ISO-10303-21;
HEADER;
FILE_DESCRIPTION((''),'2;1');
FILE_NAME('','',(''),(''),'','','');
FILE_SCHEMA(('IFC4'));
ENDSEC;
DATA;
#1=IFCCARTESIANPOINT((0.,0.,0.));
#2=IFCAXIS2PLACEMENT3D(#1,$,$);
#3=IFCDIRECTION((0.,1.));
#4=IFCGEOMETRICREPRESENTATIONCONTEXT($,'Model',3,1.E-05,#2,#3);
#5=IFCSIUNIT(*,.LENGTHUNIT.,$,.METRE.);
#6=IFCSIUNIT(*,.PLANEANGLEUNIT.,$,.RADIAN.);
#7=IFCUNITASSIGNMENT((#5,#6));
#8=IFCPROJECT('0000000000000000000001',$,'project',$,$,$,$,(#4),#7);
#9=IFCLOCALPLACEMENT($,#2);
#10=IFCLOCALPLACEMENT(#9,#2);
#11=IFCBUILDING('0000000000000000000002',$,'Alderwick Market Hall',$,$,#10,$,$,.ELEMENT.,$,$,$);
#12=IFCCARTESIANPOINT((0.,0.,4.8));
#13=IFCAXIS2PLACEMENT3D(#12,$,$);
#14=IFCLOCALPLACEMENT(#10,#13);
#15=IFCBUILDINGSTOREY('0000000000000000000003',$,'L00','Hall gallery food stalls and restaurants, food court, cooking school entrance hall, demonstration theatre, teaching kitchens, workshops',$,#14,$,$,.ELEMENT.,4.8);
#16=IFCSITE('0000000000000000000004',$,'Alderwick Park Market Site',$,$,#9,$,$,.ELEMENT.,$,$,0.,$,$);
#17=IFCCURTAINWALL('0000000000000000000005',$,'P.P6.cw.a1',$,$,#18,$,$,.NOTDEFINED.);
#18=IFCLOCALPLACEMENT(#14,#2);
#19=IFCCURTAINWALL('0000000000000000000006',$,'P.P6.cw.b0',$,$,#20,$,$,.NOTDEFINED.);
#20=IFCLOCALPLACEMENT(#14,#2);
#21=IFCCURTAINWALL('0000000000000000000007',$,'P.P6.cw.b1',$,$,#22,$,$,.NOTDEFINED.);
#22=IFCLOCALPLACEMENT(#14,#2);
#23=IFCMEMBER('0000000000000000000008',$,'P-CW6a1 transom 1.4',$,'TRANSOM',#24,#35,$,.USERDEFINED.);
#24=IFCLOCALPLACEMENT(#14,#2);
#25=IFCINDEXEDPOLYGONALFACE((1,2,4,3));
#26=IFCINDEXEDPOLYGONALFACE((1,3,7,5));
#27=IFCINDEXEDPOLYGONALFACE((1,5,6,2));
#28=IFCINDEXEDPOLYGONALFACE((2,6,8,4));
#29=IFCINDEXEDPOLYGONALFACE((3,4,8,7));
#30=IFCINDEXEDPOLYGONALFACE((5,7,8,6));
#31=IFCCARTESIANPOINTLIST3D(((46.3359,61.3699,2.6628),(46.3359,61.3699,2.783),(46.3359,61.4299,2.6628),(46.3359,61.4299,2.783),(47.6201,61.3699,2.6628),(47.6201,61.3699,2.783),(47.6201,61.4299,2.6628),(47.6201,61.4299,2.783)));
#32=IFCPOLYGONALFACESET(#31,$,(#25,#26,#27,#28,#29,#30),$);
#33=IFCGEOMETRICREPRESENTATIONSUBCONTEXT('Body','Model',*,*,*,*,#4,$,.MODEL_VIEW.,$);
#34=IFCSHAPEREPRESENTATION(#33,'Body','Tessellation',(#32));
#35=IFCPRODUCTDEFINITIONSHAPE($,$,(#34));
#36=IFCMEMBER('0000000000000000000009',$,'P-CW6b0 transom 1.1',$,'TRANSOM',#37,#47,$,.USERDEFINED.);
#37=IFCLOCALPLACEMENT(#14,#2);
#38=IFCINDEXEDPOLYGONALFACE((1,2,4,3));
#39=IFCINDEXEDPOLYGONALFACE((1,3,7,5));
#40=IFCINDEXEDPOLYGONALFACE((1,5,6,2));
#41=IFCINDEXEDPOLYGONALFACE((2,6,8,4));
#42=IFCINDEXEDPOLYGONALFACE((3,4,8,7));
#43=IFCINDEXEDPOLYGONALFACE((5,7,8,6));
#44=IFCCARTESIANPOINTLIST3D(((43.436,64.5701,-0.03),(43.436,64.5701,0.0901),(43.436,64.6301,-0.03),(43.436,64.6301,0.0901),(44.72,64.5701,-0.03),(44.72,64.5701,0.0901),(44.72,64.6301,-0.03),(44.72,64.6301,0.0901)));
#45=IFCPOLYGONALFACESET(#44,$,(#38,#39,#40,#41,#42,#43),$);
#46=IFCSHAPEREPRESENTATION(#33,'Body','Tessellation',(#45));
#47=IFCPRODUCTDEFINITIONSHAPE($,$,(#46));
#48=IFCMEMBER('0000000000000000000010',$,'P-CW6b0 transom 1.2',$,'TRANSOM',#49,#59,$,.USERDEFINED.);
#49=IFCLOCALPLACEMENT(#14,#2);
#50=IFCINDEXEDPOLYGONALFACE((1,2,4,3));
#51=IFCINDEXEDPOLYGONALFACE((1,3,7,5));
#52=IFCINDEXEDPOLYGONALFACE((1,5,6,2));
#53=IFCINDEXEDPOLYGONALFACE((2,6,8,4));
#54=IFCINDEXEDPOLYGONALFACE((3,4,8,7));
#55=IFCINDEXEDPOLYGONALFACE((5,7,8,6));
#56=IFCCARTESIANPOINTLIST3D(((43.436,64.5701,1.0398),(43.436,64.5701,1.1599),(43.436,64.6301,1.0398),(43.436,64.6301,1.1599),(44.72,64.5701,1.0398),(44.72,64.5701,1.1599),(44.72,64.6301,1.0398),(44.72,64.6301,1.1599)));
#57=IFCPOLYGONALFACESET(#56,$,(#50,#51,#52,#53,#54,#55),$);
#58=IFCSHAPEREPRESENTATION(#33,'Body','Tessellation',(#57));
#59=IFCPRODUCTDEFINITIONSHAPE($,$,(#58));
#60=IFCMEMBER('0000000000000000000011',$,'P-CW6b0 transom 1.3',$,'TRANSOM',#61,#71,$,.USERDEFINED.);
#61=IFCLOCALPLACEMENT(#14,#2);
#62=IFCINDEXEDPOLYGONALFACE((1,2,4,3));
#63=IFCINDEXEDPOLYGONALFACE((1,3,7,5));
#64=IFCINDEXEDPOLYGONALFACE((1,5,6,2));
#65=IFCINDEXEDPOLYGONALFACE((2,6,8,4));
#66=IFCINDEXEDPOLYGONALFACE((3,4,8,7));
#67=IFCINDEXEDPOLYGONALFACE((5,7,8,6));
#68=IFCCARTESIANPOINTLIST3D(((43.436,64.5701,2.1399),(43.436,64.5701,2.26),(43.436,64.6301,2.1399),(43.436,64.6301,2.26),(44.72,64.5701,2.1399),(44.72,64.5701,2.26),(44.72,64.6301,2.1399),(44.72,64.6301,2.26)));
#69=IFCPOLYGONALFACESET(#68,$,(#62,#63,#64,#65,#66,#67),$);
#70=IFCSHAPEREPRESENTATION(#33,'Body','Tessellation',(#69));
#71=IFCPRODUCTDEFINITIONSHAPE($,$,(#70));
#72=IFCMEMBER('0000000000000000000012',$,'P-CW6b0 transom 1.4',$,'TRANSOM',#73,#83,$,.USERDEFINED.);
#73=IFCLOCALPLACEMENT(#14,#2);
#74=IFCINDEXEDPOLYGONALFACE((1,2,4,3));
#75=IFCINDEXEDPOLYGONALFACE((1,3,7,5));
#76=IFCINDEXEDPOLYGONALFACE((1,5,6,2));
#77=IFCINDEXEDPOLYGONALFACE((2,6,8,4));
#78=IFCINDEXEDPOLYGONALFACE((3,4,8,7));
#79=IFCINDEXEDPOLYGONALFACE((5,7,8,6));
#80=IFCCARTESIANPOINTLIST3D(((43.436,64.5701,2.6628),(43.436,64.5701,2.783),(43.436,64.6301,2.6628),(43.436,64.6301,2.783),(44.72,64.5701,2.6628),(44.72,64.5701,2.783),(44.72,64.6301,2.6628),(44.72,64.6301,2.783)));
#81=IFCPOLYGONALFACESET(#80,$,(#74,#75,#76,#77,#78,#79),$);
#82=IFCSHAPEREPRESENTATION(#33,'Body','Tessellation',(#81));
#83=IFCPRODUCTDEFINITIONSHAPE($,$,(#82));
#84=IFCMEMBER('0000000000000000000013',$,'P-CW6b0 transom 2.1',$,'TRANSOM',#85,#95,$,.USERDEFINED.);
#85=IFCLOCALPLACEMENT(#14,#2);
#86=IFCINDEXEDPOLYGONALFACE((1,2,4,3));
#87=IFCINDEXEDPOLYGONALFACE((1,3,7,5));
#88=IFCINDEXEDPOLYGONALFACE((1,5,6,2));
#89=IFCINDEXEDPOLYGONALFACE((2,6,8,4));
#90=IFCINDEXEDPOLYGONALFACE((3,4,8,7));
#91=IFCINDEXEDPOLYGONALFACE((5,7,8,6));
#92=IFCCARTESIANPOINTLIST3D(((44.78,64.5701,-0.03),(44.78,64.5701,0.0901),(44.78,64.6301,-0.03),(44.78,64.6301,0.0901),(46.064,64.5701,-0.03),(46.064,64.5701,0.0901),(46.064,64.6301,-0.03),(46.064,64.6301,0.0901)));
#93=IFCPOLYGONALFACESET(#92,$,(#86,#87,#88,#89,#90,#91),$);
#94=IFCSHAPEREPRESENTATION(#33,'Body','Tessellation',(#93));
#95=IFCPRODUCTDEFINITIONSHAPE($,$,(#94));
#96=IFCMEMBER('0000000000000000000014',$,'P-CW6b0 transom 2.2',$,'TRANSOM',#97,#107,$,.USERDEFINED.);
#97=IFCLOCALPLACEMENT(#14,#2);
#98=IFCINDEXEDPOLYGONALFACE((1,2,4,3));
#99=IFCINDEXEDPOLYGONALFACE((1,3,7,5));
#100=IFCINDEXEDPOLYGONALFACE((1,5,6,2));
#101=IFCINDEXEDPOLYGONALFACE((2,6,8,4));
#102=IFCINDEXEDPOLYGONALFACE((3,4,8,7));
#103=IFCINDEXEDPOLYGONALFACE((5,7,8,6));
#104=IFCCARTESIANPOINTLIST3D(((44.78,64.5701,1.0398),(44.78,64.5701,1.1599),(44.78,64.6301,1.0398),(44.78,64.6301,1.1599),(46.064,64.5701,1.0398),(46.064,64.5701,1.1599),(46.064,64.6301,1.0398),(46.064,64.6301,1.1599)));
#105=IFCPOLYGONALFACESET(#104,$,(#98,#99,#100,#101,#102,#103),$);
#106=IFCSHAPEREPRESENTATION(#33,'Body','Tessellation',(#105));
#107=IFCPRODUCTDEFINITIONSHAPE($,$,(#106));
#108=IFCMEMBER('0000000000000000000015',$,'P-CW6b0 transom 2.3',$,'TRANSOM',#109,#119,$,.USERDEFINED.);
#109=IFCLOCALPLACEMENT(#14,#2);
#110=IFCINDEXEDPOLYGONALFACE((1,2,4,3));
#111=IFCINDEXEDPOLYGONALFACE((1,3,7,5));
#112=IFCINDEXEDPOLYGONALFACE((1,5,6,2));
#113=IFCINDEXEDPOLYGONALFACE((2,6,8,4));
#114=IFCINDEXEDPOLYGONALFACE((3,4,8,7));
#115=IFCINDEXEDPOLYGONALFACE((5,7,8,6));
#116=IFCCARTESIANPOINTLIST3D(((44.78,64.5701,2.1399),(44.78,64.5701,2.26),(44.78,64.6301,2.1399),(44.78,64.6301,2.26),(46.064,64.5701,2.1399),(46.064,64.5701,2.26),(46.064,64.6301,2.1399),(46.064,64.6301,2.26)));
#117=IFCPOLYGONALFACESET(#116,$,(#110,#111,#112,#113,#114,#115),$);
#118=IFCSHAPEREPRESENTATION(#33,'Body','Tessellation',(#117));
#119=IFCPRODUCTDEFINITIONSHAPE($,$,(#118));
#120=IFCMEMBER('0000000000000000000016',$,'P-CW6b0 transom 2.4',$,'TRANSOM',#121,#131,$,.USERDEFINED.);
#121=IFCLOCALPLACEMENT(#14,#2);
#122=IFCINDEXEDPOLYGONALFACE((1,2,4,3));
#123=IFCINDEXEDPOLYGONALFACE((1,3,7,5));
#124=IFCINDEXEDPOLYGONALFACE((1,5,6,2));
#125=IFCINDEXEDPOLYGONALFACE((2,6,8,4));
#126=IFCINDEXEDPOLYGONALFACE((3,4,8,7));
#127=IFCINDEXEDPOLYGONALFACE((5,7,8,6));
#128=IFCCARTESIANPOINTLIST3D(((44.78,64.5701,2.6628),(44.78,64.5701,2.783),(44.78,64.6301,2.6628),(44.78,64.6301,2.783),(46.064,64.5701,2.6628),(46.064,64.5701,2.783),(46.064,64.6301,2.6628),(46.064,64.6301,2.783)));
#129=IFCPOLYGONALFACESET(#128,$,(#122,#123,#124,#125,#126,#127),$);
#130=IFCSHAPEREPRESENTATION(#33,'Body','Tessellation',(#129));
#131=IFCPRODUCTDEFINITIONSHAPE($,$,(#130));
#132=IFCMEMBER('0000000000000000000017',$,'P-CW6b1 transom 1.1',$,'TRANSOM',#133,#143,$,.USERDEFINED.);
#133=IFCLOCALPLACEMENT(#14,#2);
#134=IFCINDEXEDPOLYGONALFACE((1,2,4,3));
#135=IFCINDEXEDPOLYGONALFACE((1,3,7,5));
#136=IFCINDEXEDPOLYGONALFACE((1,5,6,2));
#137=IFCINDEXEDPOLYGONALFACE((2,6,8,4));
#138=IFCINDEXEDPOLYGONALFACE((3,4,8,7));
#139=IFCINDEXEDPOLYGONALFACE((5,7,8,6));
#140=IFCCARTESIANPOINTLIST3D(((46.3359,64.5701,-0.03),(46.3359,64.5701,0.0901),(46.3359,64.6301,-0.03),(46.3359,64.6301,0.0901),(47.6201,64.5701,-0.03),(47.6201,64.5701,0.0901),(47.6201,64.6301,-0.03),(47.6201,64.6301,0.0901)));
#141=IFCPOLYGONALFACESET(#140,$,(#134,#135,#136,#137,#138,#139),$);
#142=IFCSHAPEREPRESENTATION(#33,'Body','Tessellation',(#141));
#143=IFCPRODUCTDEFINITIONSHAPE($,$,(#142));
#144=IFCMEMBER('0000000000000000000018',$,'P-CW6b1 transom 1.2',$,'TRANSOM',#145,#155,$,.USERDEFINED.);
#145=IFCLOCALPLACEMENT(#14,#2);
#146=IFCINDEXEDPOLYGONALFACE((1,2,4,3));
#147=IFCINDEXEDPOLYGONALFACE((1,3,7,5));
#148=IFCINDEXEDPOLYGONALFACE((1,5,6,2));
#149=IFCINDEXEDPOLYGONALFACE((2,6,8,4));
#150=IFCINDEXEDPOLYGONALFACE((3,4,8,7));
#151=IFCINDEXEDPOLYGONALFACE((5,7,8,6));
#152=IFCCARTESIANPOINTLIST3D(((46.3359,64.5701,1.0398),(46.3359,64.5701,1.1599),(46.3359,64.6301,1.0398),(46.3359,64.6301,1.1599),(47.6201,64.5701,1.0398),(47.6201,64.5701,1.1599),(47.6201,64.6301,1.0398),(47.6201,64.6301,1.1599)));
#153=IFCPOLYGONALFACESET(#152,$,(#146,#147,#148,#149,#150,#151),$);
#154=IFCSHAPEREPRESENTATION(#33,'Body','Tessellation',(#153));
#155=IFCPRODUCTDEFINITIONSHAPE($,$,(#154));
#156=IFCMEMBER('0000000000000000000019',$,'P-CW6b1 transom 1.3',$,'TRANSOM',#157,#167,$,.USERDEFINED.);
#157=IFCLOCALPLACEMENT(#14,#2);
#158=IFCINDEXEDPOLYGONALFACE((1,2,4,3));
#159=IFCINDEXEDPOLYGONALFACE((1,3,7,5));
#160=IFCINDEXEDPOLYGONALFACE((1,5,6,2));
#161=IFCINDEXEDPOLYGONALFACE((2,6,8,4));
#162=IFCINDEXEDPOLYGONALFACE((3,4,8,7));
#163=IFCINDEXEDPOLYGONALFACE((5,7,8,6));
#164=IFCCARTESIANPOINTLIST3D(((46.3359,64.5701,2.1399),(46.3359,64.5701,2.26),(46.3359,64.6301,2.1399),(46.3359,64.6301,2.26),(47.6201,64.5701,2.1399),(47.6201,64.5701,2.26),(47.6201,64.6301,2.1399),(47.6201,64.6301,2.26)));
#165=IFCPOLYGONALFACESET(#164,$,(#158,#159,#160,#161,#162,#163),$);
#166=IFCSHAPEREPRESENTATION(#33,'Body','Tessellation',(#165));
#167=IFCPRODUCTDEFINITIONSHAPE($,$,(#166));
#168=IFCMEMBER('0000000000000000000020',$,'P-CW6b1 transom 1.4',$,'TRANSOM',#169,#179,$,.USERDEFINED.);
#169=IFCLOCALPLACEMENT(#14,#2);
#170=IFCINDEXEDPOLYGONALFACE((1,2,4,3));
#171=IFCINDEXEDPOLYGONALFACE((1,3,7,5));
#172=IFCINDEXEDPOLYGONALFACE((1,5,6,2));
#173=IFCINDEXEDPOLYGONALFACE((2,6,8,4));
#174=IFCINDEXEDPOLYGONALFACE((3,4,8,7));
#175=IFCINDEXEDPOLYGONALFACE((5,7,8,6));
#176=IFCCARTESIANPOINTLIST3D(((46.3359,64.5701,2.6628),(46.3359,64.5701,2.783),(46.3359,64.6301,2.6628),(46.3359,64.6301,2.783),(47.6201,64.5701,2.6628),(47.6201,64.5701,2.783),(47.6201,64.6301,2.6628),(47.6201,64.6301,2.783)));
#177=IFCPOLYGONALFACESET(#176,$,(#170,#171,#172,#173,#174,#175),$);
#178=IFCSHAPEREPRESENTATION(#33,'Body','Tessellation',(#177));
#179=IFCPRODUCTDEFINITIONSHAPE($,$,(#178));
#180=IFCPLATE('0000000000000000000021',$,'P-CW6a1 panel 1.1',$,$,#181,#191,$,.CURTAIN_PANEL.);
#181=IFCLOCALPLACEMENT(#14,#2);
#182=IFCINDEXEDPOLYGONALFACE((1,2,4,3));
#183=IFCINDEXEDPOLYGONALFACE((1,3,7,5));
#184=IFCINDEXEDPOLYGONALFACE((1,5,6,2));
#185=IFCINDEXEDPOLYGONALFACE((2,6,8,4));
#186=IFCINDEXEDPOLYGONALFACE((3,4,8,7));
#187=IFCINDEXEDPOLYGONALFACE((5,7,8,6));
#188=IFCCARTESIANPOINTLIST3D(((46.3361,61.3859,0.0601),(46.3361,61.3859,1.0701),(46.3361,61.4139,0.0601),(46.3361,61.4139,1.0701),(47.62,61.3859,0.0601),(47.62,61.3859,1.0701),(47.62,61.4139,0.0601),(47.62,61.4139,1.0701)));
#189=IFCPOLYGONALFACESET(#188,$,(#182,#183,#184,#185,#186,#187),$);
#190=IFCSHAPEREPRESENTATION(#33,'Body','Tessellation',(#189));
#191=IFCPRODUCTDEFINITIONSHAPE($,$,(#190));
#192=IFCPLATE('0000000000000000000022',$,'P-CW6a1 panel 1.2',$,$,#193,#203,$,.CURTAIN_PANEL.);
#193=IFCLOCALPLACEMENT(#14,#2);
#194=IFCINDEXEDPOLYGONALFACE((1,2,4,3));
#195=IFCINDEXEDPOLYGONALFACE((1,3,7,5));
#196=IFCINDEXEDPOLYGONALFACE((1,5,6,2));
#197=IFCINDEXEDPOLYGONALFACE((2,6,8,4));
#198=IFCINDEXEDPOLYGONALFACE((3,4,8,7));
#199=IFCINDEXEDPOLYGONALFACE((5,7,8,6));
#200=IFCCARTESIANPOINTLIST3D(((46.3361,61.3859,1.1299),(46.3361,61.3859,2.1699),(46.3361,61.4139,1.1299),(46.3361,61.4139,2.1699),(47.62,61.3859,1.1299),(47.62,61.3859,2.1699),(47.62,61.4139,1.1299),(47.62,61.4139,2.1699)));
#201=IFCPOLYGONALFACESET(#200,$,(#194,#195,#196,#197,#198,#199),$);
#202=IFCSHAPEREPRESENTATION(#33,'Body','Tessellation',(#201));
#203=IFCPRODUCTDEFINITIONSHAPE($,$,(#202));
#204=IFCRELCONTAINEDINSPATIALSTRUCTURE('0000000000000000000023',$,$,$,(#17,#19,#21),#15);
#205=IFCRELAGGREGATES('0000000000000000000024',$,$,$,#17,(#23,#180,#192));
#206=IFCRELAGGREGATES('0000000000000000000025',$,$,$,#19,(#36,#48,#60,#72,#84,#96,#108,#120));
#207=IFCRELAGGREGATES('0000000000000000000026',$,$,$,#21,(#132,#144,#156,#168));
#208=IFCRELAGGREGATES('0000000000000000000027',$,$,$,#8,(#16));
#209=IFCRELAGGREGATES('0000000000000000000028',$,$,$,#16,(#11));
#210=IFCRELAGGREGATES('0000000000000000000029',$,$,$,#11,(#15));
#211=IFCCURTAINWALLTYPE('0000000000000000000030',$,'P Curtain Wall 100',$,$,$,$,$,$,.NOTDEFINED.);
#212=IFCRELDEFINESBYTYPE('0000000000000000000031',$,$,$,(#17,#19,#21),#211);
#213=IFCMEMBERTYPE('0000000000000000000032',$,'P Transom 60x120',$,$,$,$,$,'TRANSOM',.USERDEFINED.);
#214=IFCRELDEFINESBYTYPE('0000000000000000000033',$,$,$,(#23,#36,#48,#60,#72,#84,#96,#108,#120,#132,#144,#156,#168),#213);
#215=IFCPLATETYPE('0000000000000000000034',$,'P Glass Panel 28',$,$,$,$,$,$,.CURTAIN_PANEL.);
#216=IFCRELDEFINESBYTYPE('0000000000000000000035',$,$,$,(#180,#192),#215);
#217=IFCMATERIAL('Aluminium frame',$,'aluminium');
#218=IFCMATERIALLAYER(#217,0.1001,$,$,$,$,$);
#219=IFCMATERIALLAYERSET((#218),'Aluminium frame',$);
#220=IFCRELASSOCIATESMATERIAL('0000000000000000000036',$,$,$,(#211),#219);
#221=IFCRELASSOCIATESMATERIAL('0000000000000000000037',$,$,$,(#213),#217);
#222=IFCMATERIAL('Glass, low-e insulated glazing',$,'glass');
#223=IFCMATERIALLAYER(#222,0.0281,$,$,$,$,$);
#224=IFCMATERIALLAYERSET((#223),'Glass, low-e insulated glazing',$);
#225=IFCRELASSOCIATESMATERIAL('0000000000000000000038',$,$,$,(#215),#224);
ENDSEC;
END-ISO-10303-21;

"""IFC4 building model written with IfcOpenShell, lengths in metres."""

from ifc_helpers import new_model, si_unit, direction, frame, origin, origin_2d, place, context, subcontext, project, spatial, rectangle, extrude, material, layer, layer_set, material_profile, profile_set, type_object, element, aggregate, save


model = new_model("IFC4")

# Units and contexts
model_context = context("Model", 3, precision=1e-05, world=origin(), true_north=direction((0.0, 1.0)))
body_context = subcontext(model_context, "Body", "Model", "MODEL_VIEW")
ifc_project = project(units=[si_unit("LENGTHUNIT", "METRE"), si_unit("PLANEANGLEUNIT", "RADIAN")], contexts=[model_context])

# Site, building, storey
site_placement = place(None, origin())
site = spatial("IfcSite", under=ifc_project, at=site_placement, Name="Alderwick Park Market Site", CompositionType="ELEMENT", RefElevation=0.0)
building_placement = place(site_placement, origin())
building = spatial("IfcBuilding", under=site, at=building_placement, Name="Alderwick Market Hall", CompositionType="ELEMENT")
storey_placement = place(building_placement, frame((0.0, 0.0, 4.8)))
storey = spatial("IfcBuildingStorey", under=building, at=storey_placement, Name="L00", Description="Hall gallery food stalls and restaurants, food court, cooking school entrance hall, demonstration theatre, teaching kitchens, workshops", CompositionType="ELEMENT", Elevation=4.8)

# Shared definitions
ifc_material_1 = material(Name="Aluminium frame", Category="aluminium")
ifc_layer_1 = layer(ifc_material_1, 0.1001)
ifc_layer_set_1 = layer_set([ifc_layer_1], Name="Aluminium frame")
curtain_wall_type = type_object("IfcCurtainWallType", Name="P Curtain Wall 100", PredefinedType="NOTDEFINED", material=ifc_layer_set_1)

# Curtain walls
curtain_wall_1_placement = place(storey_placement, origin())
curtain_wall_1 = element("IfcCurtainWall", 1, at=curtain_wall_1_placement, inside=storey, type_object=curtain_wall_type, Name="P.P6.cw.a1", PredefinedType="NOTDEFINED")
curtain_wall_2_placement = place(storey_placement, origin())
curtain_wall_2 = element("IfcCurtainWall", 2, at=curtain_wall_2_placement, inside=storey, type_object=curtain_wall_type, Name="P.P6.cw.b0", PredefinedType="NOTDEFINED")
curtain_wall_3_placement = place(storey_placement, origin())
curtain_wall_3 = element("IfcCurtainWall", 3, at=curtain_wall_3_placement, inside=storey, type_object=curtain_wall_type, Name="P.P6.cw.b1", PredefinedType="NOTDEFINED")

# Members
ifc_material_profile_1 = material_profile(ifc_material_1, rectangle(XDim=0.0601, YDim=0.1201, at=origin_2d()), Name="P Transom 60x120")
ifc_profile_set_1 = profile_set([ifc_material_profile_1], Name="Aluminium frame")
member_type_1 = type_object("IfcMemberType", Name="P Transom 60x120", ElementType="TRANSOM", PredefinedType="USERDEFINED", material=ifc_profile_set_1)
member_1_placement = place(storey_placement, frame((46.3359, 61.3999, 2.7229), z_axis=(1.0, 0.0, 0.0), x_axis=(0.0, 1.0, 0.0)))
member_1 = element("IfcMember", 4, at=member_1_placement, type_object=member_type_1, Name="P-CW6a1 transom 1.4", ObjectType="TRANSOM", PredefinedType="USERDEFINED", context=body_context, shape_type="SweptSolid", body=[
    extrude(rectangle(XDim=0.0601, YDim=0.1201, at=origin_2d()), origin(), (0.0, 0.0, 1.0), 1.2842),
])
member_2_placement = place(storey_placement, frame((43.436, 64.6001, 0.03), z_axis=(1.0, 0.0, 0.0), x_axis=(0.0, 1.0, 0.0)))
member_2 = element("IfcMember", 5, at=member_2_placement, type_object=member_type_1, Name="P-CW6b0 transom 1.1", ObjectType="TRANSOM", PredefinedType="USERDEFINED", context=body_context, shape_type="SweptSolid", body=[
    extrude(rectangle(XDim=0.0601, YDim=0.1201, at=origin_2d()), origin(), (0.0, 0.0, 1.0), 1.2839),
])
member_3_placement = place(storey_placement, frame((43.436, 64.6001, 1.0999), z_axis=(1.0, 0.0, 0.0), x_axis=(0.0, 1.0, 0.0)))
member_3 = element("IfcMember", 6, at=member_3_placement, type_object=member_type_1, Name="P-CW6b0 transom 1.2", ObjectType="TRANSOM", PredefinedType="USERDEFINED", context=body_context, shape_type="SweptSolid", body=[
    extrude(rectangle(XDim=0.0601, YDim=0.1201, at=origin_2d()), origin(), (0.0, 0.0, 1.0), 1.2839),
])
member_4_placement = place(storey_placement, frame((43.436, 64.6001, 2.2), z_axis=(1.0, 0.0, 0.0), x_axis=(0.0, 1.0, 0.0)))
member_4 = element("IfcMember", 7, at=member_4_placement, type_object=member_type_1, Name="P-CW6b0 transom 1.3", ObjectType="TRANSOM", PredefinedType="USERDEFINED", context=body_context, shape_type="SweptSolid", body=[
    extrude(rectangle(XDim=0.0601, YDim=0.1201, at=origin_2d()), origin(), (0.0, 0.0, 1.0), 1.2839),
])
member_5_placement = place(storey_placement, frame((43.436, 64.6001, 2.7229), z_axis=(1.0, 0.0, 0.0), x_axis=(0.0, 1.0, 0.0)))
member_5 = element("IfcMember", 8, at=member_5_placement, type_object=member_type_1, Name="P-CW6b0 transom 1.4", ObjectType="TRANSOM", PredefinedType="USERDEFINED", context=body_context, shape_type="SweptSolid", body=[
    extrude(rectangle(XDim=0.0601, YDim=0.1201, at=origin_2d()), origin(), (0.0, 0.0, 1.0), 1.2839),
])
member_6_placement = place(storey_placement, frame((44.78, 64.6001, 0.03), z_axis=(1.0, 0.0, 0.0), x_axis=(0.0, 1.0, 0.0)))
member_6 = element("IfcMember", 9, at=member_6_placement, type_object=member_type_1, Name="P-CW6b0 transom 2.1", ObjectType="TRANSOM", PredefinedType="USERDEFINED", context=body_context, shape_type="SweptSolid", body=[
    extrude(rectangle(XDim=0.0601, YDim=0.1201, at=origin_2d()), origin(), (0.0, 0.0, 1.0), 1.2839),
])
member_7_placement = place(storey_placement, frame((44.78, 64.6001, 1.0999), z_axis=(1.0, 0.0, 0.0), x_axis=(0.0, 1.0, 0.0)))
member_7 = element("IfcMember", 10, at=member_7_placement, type_object=member_type_1, Name="P-CW6b0 transom 2.2", ObjectType="TRANSOM", PredefinedType="USERDEFINED", context=body_context, shape_type="SweptSolid", body=[
    extrude(rectangle(XDim=0.0601, YDim=0.1201, at=origin_2d()), origin(), (0.0, 0.0, 1.0), 1.2839),
])
member_8_placement = place(storey_placement, frame((44.78, 64.6001, 2.2), z_axis=(1.0, 0.0, 0.0), x_axis=(0.0, 1.0, 0.0)))
member_8 = element("IfcMember", 11, at=member_8_placement, type_object=member_type_1, Name="P-CW6b0 transom 2.3", ObjectType="TRANSOM", PredefinedType="USERDEFINED", context=body_context, shape_type="SweptSolid", body=[
    extrude(rectangle(XDim=0.0601, YDim=0.1201, at=origin_2d()), origin(), (0.0, 0.0, 1.0), 1.2839),
])
member_9_placement = place(storey_placement, frame((44.78, 64.6001, 2.7229), z_axis=(1.0, 0.0, 0.0), x_axis=(0.0, 1.0, 0.0)))
member_9 = element("IfcMember", 12, at=member_9_placement, type_object=member_type_1, Name="P-CW6b0 transom 2.4", ObjectType="TRANSOM", PredefinedType="USERDEFINED", context=body_context, shape_type="SweptSolid", body=[
    extrude(rectangle(XDim=0.0601, YDim=0.1201, at=origin_2d()), origin(), (0.0, 0.0, 1.0), 1.2839),
])
member_10_placement = place(storey_placement, frame((46.3359, 64.6001, 0.03), z_axis=(1.0, 0.0, 0.0), x_axis=(0.0, 1.0, 0.0)))
member_10 = element("IfcMember", 13, at=member_10_placement, type_object=member_type_1, Name="P-CW6b1 transom 1.1", ObjectType="TRANSOM", PredefinedType="USERDEFINED", context=body_context, shape_type="SweptSolid", body=[
    extrude(rectangle(XDim=0.0601, YDim=0.1201, at=origin_2d()), origin(), (0.0, 0.0, 1.0), 1.2842),
])
member_11_placement = place(storey_placement, frame((46.3359, 64.6001, 1.0999), z_axis=(1.0, 0.0, 0.0), x_axis=(0.0, 1.0, 0.0)))
member_11 = element("IfcMember", 14, at=member_11_placement, type_object=member_type_1, Name="P-CW6b1 transom 1.2", ObjectType="TRANSOM", PredefinedType="USERDEFINED", context=body_context, shape_type="SweptSolid", body=[
    extrude(rectangle(XDim=0.0601, YDim=0.1201, at=origin_2d()), origin(), (0.0, 0.0, 1.0), 1.2842),
])
member_12_placement = place(storey_placement, frame((46.3359, 64.6001, 2.2), z_axis=(1.0, 0.0, 0.0), x_axis=(0.0, 1.0, 0.0)))
member_12 = element("IfcMember", 15, at=member_12_placement, type_object=member_type_1, Name="P-CW6b1 transom 1.3", ObjectType="TRANSOM", PredefinedType="USERDEFINED", context=body_context, shape_type="SweptSolid", body=[
    extrude(rectangle(XDim=0.0601, YDim=0.1201, at=origin_2d()), origin(), (0.0, 0.0, 1.0), 1.2842),
])
member_13_placement = place(storey_placement, frame((46.3359, 64.6001, 2.7229), z_axis=(1.0, 0.0, 0.0), x_axis=(0.0, 1.0, 0.0)))
member_13 = element("IfcMember", 16, at=member_13_placement, type_object=member_type_1, Name="P-CW6b1 transom 1.4", ObjectType="TRANSOM", PredefinedType="USERDEFINED", context=body_context, shape_type="SweptSolid", body=[
    extrude(rectangle(XDim=0.0601, YDim=0.1201, at=origin_2d()), origin(), (0.0, 0.0, 1.0), 1.2842),
])

# Plates
ifc_material_2 = material(Name="Glass, low-e insulated glazing", Category="glass")
ifc_layer_2 = layer(ifc_material_2, 0.0281)
ifc_layer_set_2 = layer_set([ifc_layer_2], Name="Glass, low-e insulated glazing")
plate_type = type_object("IfcPlateType", Name="P Glass Panel 28", PredefinedType="CURTAIN_PANEL", material=ifc_layer_set_2)
plate_1_placement = place(storey_placement, frame((46.978, 61.3999, 0.0601), z_axis=(0.0, 0.0, 1.0), x_axis=(1.0, 0.0, 0.0)))
plate_1 = element("IfcPlate", 17, at=plate_1_placement, type_object=plate_type, Name="P-CW6a1 panel 1.1", PredefinedType="CURTAIN_PANEL", context=body_context, shape_type="SweptSolid", body=[
    extrude(rectangle(XDim=1.2839, YDim=0.0281, at=origin_2d()), origin(), (0.0, 0.0, 1.0), 1.01),
])
plate_2_placement = place(storey_placement, frame((46.978, 61.3999, 1.1299), z_axis=(0.0, 0.0, 1.0), x_axis=(1.0, 0.0, 0.0)))
plate_2 = element("IfcPlate", 18, at=plate_2_placement, type_object=plate_type, Name="P-CW6a1 panel 1.2", PredefinedType="CURTAIN_PANEL", context=body_context, shape_type="SweptSolid", body=[
    extrude(rectangle(XDim=1.2839, YDim=0.0281, at=origin_2d()), origin(), (0.0, 0.0, 1.0), 1.04),
])
aggregate(curtain_wall_1, [member_1, plate_1, plate_2])
aggregate(curtain_wall_2, [member_2, member_3, member_4, member_5, member_6, member_7, member_8, member_9])
aggregate(curtain_wall_3, [member_10, member_11, member_12, member_13])

save(model, "model.ifc")
